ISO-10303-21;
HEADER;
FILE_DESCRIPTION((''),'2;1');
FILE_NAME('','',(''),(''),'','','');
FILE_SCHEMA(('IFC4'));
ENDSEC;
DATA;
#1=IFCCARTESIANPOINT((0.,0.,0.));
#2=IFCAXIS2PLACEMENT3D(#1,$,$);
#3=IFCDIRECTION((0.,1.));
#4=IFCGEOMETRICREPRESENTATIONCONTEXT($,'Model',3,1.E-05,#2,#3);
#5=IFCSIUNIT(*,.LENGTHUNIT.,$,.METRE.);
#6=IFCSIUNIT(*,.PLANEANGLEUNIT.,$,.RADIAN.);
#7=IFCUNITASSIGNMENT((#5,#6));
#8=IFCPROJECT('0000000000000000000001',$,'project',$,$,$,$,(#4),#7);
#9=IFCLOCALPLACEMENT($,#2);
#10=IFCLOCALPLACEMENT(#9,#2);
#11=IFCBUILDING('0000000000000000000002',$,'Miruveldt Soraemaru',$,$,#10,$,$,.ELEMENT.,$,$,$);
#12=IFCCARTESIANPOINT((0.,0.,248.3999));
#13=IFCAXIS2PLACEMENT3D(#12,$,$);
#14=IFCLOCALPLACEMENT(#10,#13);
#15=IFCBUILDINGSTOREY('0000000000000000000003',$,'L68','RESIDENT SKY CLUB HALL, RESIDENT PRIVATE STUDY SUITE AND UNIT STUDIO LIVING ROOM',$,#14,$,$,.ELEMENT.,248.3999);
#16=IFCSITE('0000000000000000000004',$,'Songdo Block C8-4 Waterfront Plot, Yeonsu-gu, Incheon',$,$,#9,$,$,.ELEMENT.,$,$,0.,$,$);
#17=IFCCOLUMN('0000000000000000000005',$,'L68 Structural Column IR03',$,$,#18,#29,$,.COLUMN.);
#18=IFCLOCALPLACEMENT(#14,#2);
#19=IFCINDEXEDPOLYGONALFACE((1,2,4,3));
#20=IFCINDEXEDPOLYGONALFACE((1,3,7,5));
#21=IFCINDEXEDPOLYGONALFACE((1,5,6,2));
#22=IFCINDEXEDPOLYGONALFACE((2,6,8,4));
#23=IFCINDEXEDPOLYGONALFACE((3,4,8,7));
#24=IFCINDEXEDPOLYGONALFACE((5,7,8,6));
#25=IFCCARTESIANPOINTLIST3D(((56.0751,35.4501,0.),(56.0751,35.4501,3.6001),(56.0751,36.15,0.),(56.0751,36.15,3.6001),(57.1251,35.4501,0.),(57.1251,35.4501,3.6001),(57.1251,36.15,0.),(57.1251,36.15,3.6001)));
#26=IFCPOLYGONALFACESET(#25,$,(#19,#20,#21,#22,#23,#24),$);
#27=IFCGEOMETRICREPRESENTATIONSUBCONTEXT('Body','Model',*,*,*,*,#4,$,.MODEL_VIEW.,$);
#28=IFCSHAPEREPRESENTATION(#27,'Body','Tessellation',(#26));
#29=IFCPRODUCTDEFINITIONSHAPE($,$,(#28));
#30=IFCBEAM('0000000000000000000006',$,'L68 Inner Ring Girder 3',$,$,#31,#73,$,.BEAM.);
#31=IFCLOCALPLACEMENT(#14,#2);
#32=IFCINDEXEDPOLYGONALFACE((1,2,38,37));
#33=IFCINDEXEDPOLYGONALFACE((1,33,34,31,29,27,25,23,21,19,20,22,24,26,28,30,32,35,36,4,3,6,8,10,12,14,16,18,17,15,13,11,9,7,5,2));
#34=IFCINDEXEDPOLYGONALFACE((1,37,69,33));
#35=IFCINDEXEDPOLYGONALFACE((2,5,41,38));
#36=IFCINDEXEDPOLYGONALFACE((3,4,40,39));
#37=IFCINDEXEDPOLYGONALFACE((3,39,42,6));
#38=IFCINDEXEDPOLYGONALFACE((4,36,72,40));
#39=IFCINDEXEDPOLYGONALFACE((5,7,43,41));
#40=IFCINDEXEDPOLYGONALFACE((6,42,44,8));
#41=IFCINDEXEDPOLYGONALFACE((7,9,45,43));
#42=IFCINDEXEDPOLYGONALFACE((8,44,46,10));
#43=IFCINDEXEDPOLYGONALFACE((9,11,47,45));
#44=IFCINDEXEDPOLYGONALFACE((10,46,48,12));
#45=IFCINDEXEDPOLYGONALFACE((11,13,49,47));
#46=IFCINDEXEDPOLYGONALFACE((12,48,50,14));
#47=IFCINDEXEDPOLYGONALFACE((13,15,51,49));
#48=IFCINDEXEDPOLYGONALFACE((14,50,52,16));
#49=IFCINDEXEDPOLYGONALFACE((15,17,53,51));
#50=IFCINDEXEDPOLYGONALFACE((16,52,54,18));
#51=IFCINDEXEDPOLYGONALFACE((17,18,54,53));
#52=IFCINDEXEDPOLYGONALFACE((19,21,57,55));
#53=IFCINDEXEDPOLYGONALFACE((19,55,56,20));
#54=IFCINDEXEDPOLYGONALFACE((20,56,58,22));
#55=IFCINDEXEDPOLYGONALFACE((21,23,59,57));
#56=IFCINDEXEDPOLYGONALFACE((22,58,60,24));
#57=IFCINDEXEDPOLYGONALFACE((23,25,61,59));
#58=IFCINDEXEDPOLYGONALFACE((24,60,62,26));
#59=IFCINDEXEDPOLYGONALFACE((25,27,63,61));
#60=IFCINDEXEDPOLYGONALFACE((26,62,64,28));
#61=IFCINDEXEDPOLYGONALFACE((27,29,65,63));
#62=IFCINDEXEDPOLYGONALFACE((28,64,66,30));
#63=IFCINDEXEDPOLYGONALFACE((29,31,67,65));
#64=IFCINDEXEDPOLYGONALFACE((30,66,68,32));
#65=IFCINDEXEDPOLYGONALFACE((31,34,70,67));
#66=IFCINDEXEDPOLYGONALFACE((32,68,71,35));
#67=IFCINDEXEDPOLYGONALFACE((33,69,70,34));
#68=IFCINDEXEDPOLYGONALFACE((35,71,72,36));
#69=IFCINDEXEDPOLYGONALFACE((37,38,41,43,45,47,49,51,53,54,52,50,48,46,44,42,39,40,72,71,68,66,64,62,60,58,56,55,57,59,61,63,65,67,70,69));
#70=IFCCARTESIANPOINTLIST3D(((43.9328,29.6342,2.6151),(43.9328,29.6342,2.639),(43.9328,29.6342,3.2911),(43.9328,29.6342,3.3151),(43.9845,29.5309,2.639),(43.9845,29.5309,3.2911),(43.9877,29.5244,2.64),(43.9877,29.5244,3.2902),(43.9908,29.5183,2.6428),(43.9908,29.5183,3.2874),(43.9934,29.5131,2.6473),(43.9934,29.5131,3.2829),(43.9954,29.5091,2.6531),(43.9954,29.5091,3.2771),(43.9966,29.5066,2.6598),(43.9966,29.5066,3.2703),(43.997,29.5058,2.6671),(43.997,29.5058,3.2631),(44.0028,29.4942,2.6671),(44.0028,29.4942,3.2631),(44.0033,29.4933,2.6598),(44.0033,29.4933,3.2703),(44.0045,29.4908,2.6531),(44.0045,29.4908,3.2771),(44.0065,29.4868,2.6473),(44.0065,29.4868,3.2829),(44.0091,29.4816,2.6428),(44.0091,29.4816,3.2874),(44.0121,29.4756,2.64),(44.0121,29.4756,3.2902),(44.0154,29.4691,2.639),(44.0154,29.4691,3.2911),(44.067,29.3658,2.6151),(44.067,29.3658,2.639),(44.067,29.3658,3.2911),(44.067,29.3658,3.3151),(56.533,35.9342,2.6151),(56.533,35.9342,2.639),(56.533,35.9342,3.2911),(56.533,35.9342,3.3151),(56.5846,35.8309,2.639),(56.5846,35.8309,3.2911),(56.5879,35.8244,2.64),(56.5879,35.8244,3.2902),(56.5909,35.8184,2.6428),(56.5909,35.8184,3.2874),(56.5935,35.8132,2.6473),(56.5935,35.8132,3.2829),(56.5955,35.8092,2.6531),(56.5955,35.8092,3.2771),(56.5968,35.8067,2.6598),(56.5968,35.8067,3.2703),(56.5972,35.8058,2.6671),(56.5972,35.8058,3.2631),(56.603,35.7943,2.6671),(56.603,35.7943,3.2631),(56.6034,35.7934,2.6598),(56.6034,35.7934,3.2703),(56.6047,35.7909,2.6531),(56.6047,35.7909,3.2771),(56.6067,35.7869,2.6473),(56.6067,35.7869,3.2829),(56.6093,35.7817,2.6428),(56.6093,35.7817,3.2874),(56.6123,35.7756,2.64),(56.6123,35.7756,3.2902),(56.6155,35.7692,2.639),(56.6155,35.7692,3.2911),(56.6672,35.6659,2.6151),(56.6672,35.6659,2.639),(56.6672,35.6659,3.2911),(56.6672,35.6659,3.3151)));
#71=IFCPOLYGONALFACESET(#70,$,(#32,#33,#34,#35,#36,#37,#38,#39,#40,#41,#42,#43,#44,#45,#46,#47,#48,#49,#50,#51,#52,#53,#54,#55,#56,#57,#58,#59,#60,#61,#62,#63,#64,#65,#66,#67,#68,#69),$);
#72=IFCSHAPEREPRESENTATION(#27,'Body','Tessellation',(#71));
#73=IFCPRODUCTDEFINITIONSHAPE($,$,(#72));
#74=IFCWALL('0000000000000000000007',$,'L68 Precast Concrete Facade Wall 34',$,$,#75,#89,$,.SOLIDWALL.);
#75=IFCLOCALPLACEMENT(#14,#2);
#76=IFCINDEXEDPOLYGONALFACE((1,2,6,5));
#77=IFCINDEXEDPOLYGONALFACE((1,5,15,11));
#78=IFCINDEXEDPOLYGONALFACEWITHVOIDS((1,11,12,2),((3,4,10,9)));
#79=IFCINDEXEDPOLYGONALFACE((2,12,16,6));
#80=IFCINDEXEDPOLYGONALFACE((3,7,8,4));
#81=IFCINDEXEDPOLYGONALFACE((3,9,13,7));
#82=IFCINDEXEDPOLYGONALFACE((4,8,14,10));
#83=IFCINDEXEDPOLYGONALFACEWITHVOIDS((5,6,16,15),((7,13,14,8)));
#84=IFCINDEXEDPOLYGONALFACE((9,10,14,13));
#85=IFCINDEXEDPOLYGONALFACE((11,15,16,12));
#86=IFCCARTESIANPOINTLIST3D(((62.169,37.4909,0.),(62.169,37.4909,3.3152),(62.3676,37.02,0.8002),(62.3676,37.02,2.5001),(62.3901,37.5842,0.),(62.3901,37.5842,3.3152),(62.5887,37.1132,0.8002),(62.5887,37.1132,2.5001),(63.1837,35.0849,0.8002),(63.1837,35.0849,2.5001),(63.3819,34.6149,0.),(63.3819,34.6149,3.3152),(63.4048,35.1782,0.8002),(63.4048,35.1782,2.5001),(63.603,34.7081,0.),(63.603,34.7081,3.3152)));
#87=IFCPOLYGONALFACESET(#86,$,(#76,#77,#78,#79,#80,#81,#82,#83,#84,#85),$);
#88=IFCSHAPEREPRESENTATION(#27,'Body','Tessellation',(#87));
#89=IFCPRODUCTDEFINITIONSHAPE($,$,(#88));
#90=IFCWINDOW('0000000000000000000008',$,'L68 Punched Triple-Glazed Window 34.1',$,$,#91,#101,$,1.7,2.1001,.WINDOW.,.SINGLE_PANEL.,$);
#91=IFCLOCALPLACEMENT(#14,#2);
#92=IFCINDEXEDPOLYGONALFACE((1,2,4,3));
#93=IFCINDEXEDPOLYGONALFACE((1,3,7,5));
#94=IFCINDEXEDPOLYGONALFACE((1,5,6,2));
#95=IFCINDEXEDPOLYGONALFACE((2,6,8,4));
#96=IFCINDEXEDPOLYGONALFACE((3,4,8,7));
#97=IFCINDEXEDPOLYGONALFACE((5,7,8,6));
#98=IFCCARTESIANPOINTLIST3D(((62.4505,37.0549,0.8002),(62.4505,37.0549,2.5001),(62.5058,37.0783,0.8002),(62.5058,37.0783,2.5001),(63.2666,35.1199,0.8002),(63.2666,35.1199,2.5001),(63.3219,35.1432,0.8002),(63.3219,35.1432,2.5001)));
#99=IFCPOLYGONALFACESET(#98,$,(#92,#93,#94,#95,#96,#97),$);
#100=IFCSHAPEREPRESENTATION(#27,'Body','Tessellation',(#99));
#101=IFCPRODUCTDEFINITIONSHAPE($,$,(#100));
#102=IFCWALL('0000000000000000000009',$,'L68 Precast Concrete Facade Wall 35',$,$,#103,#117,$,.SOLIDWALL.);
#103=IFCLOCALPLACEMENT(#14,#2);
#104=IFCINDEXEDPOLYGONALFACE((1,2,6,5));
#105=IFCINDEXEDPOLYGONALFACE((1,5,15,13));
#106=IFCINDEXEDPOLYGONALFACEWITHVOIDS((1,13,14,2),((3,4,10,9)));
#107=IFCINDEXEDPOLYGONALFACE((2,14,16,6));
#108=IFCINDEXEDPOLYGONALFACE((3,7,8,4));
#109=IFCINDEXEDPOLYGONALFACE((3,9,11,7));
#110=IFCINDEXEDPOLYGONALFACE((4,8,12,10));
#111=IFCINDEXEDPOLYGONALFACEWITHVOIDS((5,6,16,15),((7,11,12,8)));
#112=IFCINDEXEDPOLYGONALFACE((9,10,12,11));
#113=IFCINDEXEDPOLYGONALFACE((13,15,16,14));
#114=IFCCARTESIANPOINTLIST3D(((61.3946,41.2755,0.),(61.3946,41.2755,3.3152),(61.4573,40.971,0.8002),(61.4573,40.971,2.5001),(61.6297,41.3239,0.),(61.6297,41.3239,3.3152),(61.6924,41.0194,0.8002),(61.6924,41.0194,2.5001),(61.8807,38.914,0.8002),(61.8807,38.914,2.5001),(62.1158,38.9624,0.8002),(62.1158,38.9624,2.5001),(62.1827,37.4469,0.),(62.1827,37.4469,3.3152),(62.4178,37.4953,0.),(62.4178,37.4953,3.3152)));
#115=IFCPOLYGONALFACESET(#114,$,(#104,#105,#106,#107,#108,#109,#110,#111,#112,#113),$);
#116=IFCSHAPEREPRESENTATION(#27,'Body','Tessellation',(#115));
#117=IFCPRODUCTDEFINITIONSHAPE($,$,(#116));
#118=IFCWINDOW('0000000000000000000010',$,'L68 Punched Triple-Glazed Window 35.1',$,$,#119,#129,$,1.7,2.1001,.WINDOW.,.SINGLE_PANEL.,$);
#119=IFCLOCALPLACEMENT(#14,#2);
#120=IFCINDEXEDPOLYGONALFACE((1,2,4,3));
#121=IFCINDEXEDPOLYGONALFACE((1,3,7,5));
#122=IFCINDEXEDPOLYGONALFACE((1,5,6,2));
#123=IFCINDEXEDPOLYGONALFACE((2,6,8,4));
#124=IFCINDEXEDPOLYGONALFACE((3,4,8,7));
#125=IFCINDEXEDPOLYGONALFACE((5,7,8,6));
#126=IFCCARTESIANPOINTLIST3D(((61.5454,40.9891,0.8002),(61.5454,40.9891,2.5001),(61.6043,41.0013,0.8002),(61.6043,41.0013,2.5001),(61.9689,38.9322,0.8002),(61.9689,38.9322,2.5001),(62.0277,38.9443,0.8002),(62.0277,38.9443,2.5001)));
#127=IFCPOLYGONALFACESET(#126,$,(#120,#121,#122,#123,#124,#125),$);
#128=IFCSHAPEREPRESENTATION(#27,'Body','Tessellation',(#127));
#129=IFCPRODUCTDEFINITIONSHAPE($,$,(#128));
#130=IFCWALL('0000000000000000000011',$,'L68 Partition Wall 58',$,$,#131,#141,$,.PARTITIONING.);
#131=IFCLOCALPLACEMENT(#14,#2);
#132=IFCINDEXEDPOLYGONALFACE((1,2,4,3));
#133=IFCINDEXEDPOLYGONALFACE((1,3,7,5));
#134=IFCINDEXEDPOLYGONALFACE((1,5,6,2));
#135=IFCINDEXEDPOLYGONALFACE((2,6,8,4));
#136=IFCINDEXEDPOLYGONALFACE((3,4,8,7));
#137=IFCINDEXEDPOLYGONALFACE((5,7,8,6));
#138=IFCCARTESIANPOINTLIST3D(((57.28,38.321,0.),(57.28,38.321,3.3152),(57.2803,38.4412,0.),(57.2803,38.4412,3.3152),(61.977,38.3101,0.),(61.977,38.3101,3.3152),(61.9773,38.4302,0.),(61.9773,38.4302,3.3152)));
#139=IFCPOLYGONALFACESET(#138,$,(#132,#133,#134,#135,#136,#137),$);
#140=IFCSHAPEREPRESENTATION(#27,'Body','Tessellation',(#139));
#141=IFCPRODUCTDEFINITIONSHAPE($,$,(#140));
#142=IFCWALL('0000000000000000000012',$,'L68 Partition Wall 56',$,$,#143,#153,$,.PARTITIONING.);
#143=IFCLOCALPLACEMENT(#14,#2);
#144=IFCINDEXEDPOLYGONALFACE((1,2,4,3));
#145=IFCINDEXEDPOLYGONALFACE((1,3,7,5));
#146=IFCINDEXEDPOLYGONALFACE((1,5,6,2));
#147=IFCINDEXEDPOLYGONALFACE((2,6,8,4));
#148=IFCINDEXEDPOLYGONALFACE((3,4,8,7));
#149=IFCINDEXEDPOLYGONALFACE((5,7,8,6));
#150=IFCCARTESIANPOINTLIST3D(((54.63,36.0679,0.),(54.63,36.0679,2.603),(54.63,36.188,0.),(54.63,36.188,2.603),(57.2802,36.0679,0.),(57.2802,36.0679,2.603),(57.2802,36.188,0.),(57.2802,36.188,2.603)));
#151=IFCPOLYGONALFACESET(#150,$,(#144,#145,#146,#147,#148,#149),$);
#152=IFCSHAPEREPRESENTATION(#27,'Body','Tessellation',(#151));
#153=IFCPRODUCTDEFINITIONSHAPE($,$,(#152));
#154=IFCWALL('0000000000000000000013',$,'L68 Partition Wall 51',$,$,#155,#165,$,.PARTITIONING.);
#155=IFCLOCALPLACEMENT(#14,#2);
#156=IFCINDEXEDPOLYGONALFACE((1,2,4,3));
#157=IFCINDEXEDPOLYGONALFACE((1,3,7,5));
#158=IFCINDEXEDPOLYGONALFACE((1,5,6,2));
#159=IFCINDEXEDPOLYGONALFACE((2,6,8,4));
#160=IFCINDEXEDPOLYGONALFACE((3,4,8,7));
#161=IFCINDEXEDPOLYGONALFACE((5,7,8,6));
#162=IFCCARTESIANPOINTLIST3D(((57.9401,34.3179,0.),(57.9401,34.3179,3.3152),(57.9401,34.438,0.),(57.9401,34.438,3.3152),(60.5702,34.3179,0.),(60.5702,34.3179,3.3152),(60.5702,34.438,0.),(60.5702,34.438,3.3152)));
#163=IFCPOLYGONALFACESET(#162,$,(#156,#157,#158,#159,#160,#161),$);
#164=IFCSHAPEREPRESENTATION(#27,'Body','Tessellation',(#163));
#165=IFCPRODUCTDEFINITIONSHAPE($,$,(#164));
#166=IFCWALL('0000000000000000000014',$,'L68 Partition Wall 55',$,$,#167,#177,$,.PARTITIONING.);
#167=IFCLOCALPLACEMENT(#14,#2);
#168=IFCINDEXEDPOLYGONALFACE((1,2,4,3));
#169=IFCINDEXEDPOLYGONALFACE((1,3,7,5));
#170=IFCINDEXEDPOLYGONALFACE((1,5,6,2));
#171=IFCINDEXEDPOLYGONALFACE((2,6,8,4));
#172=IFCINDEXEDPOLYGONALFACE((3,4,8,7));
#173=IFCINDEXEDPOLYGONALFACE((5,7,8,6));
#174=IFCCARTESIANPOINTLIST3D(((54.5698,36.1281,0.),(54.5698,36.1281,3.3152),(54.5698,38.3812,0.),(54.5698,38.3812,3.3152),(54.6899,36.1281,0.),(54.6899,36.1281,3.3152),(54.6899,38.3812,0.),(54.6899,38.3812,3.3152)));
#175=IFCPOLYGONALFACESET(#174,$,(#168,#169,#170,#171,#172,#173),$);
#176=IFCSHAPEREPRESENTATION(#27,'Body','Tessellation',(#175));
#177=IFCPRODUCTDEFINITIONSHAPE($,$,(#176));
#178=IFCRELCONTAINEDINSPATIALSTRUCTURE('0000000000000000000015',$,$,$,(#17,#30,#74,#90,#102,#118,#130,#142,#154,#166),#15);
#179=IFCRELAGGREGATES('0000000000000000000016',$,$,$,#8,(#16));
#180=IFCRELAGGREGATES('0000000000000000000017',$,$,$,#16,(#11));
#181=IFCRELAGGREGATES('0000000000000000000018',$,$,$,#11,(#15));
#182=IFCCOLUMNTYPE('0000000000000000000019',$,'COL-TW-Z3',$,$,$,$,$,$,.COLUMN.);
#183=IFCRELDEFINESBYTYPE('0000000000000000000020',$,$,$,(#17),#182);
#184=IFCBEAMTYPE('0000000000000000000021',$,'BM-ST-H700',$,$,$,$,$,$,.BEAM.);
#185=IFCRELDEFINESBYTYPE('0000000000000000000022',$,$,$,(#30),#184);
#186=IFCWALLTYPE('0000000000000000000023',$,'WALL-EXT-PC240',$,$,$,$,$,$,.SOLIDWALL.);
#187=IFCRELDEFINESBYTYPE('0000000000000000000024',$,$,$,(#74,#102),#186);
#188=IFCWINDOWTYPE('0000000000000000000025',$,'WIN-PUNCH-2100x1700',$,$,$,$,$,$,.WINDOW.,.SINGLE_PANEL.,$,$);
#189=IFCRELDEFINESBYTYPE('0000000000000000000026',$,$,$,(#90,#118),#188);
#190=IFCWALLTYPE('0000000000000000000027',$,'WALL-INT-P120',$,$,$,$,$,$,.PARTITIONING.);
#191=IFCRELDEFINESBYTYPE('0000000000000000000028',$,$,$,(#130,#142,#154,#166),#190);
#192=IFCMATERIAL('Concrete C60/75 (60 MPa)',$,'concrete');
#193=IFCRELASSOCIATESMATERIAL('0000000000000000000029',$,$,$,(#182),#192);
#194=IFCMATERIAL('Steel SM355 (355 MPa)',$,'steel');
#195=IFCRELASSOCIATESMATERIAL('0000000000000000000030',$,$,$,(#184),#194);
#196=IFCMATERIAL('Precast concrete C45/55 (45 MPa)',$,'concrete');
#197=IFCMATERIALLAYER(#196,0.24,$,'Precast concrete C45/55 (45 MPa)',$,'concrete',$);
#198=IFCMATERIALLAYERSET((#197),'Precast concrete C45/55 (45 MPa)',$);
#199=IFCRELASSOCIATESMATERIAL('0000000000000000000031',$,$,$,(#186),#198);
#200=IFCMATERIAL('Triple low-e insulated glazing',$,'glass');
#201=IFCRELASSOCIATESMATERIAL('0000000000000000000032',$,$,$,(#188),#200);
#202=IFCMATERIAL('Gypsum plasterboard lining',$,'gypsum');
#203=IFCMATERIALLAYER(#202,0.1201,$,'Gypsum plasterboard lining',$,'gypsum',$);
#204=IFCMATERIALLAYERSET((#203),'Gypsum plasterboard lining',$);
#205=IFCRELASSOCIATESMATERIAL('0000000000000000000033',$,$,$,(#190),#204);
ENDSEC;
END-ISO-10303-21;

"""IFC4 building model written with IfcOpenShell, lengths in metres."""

from ifc_helpers import new_model, si_unit, direction, frame, frame_2d, origin, origin_2d, place, context, subcontext, project, spatial, rectangle, i_section, extrude, material, layer, layer_set, material_profile, profile_set, type_object, element, fill, save


model = new_model("IFC4")

# Units and contexts
model_context = context("Model", 3, precision=1e-05, world=origin(), true_north=direction((0.0, 1.0)))
body_context = subcontext(model_context, "Body", "Model", "MODEL_VIEW")
ifc_project = project(units=[si_unit("LENGTHUNIT", "METRE"), si_unit("PLANEANGLEUNIT", "RADIAN")], contexts=[model_context])

# Site, building, storey
site_placement = place(None, origin())
site = spatial("IfcSite", under=ifc_project, at=site_placement, Name="Songdo Block C8-4 Waterfront Plot, Yeonsu-gu, Incheon", CompositionType="ELEMENT", RefElevation=0.0)
building_placement = place(site_placement, origin())
building = spatial("IfcBuilding", under=site, at=building_placement, Name="Miruveldt Soraemaru", CompositionType="ELEMENT")
storey_placement = place(building_placement, frame((0.0, 0.0, 248.3999)))
storey = spatial("IfcBuildingStorey", under=building, at=storey_placement, Name="L68", Description="RESIDENT SKY CLUB HALL, RESIDENT PRIVATE STUDY SUITE AND UNIT STUDIO LIVING ROOM", CompositionType="ELEMENT", Elevation=248.3999)

# Column
ifc_material_1 = material(Name="Concrete C60/75 (60 MPa)", Category="concrete")
ifc_material_profile_1 = material_profile(ifc_material_1, rectangle(XDim=1.05, YDim=0.7, at=origin_2d()), Name="Concrete C60/75 (60 MPa)", Category="concrete")
ifc_profile_set_1 = profile_set([ifc_material_profile_1], Name="Concrete C60/75 (60 MPa)")
column_type = type_object("IfcColumnType", Name="COL-TW-Z3", PredefinedType="COLUMN", material=ifc_profile_set_1)
column_placement = place(storey_placement, frame((56.6001, 35.8, 0.0), z_axis=(0.0, 0.0, 1.0), x_axis=(1.0, 0.0, 0.0)))
element("IfcColumn", 1, at=column_placement, inside=storey, type_object=column_type, Name="L68 Structural Column IR03", PredefinedType="COLUMN", context=body_context, shape_type="SweptSolid", body=[
    extrude(rectangle(XDim=1.05, YDim=0.7, at=origin_2d()), origin(), (0.0, 0.0, 1.0), 3.6001),
])

# Beam
ifc_material_2 = material(Name="Steel SM355 (355 MPa)", Category="steel")
ifc_material_profile_2 = material_profile(ifc_material_2, i_section(OverallWidth=0.3, OverallDepth=0.7, WebThickness=0.0129, FlangeThickness=0.0239, FilletRadius=0.0281, at=origin_2d()), Name="Steel SM355 (355 MPa)", Category="steel")
ifc_profile_set_2 = profile_set([ifc_material_profile_2], Name="Steel SM355 (355 MPa)")
beam_type = type_object("IfcBeamType", Name="BM-ST-H700", PredefinedType="BEAM", material=ifc_profile_set_2)
beam_placement = place(storey_placement, frame((56.6001, 35.8, 2.9651), z_axis=(-0.894427, -0.447214, 0.0), x_axis=(0.447214, -0.894427, 0.0)))
element("IfcBeam", 2, at=beam_placement, inside=storey, type_object=beam_type, Name="L68 Inner Ring Girder 3", PredefinedType="BEAM", context=body_context, shape_type="SweptSolid", body=[
    extrude(i_section(OverallWidth=0.3, OverallDepth=0.7, WebThickness=0.0129, FlangeThickness=0.0239, FilletRadius=0.0281, at=origin_2d()), origin(), (0.0, 0.0, 1.0), 14.0874),
])

# Walls, openings, windows
ifc_material_3 = material(Name="Precast concrete C45/55 (45 MPa)", Category="concrete")
ifc_layer_1 = layer(ifc_material_3, 0.24, Name="Precast concrete C45/55 (45 MPa)", Category="concrete")
ifc_layer_set_1 = layer_set([ifc_layer_1], Name="Precast concrete C45/55 (45 MPa)")
wall_type_1 = type_object("IfcWallType", Name="WALL-EXT-PC240", PredefinedType="SOLIDWALL", material=ifc_layer_set_1)
wall_1_placement = place(storey_placement, frame((63.4924, 34.6616, 0.0), z_axis=(0.0, 0.0, 1.0), x_axis=(-0.388588, 0.921411, 0.0)))
wall_1 = element("IfcWall", 3, at=wall_1_placement, inside=storey, type_object=wall_type_1, Name="L68 Precast Concrete Facade Wall 34", PredefinedType="SOLIDWALL", context=body_context, shape_type="SweptSolid", body=[
    extrude(rectangle(XDim=3.1213, YDim=0.24, at=frame_2d((1.5605, 0.0))), origin(), (0.0, 0.0, 1.0), 3.3152),
])
opening_1_placement = place(wall_1_placement, frame((0.51, 0.0, 0.8)))
opening_1 = element("IfcOpeningElement", 4, at=opening_1_placement, cuts=wall_1, PredefinedType="OPENING", context=body_context, shape_type="SweptSolid", body=[
    extrude(rectangle(XDim=2.1001, YDim=1.7, at=frame_2d((1.05, 0.8501))), frame((0.0, 0.1299, 0.0), z_axis=(0.0, -1.0, 0.0), x_axis=(1.0, 0.0, 0.0)), (0.0, 0.0, 1.0), 0.26),
])
ifc_material_4 = material(Name="Triple low-e insulated glazing", Category="glass")
window_type = type_object("IfcWindowType", Name="WIN-PUNCH-2100x1700", PartitioningType="SINGLE_PANEL", PredefinedType="WINDOW", material=ifc_material_4)
window_1_placement = place(opening_1_placement, origin())
window_1 = element("IfcWindow", 5, at=window_1_placement, inside=storey, type_object=window_type, Name="L68 Punched Triple-Glazed Window 34.1", OverallHeight=1.7, OverallWidth=2.1001, PartitioningType="SINGLE_PANEL", PredefinedType="WINDOW", context=body_context, shape_type="SweptSolid", body=[
    extrude(rectangle(XDim=2.1001, YDim=1.7, at=frame_2d((1.05, 0.8501))), frame((0.0, 0.03, 0.0), z_axis=(0.0, -1.0, 0.0), x_axis=(1.0, 0.0, 0.0)), (0.0, 0.0, 1.0), 0.0601),
])
fill(opening_1, window_1)
wall_2_placement = place(storey_placement, frame((62.3003, 37.4709, 0.0), z_axis=(0.0, 0.0, 1.0), x_axis=(-0.201614, 0.979465, 0.0)))
wall_2 = element("IfcWall", 6, at=wall_2_placement, inside=storey, type_object=wall_type_1, Name="L68 Precast Concrete Facade Wall 35", PredefinedType="SOLIDWALL", context=body_context, shape_type="SweptSolid", body=[
    extrude(rectangle(XDim=3.9089, YDim=0.24, at=frame_2d((1.9546, 0.0))), origin(), (0.0, 0.0, 1.0), 3.3152),
])
opening_2_placement = place(wall_2_placement, frame((1.498, 0.0, 0.8)))
opening_2 = element("IfcOpeningElement", 7, at=opening_2_placement, cuts=wall_2, PredefinedType="OPENING", context=body_context, shape_type="SweptSolid", body=[
    extrude(rectangle(XDim=2.1001, YDim=1.7, at=frame_2d((1.05, 0.8501))), frame((0.0, 0.1299, 0.0), z_axis=(0.0, -1.0, 0.0), x_axis=(1.0, 0.0, 0.0)), (0.0, 0.0, 1.0), 0.26),
])
window_2_placement = place(opening_2_placement, origin())
window_2 = element("IfcWindow", 8, at=window_2_placement, inside=storey, type_object=window_type, Name="L68 Punched Triple-Glazed Window 35.1", OverallHeight=1.7, OverallWidth=2.1001, PartitioningType="SINGLE_PANEL", PredefinedType="WINDOW", context=body_context, shape_type="SweptSolid", body=[
    extrude(rectangle(XDim=2.1001, YDim=1.7, at=frame_2d((1.05, 0.8501))), frame((0.0, 0.03, 0.0), z_axis=(0.0, -1.0, 0.0), x_axis=(1.0, 0.0, 0.0)), (0.0, 0.0, 1.0), 0.0601),
])
fill(opening_2, window_2)

# Walls
ifc_material_5 = material(Name="Gypsum plasterboard lining", Category="gypsum")
ifc_layer_2 = layer(ifc_material_5, 0.1201, Name="Gypsum plasterboard lining", Category="gypsum")
ifc_layer_set_2 = layer_set([ifc_layer_2], Name="Gypsum plasterboard lining")
wall_type_2 = type_object("IfcWallType", Name="WALL-INT-P120", PredefinedType="PARTITIONING", material=ifc_layer_set_2)
wall_3_placement = place(storey_placement, frame((57.28, 38.3811, 0.0), z_axis=(0.0, 0.0, 1.0), x_axis=(0.999997, -0.002339, 0.0)))
element("IfcWall", 9, at=wall_3_placement, inside=storey, type_object=wall_type_2, Name="L68 Partition Wall 58", PredefinedType="PARTITIONING", context=body_context, shape_type="SweptSolid", body=[
    extrude(rectangle(XDim=4.697, YDim=0.1201, at=frame_2d((2.3486, 0.0))), origin(), (0.0, 0.0, 1.0), 3.3152),
])
wall_4_placement = place(storey_placement, frame((54.6299, 36.1279, 0.0), z_axis=(0.0, 0.0, 1.0), x_axis=(1.0, 0.0, 0.0)))
element("IfcWall", 10, at=wall_4_placement, inside=storey, type_object=wall_type_2, Name="L68 Partition Wall 56", PredefinedType="PARTITIONING", context=body_context, shape_type="SweptSolid", body=[
    extrude(rectangle(XDim=2.6501, YDim=0.1201, at=frame_2d((1.3252, 0.0))), origin(), (0.0, 0.0, 1.0), 2.603),
])
wall_5_placement = place(storey_placement, frame((60.5701, 34.3779, 0.0), z_axis=(0.0, 0.0, 1.0), x_axis=(-1.0, 0.0, 0.0)))
element("IfcWall", 11, at=wall_5_placement, inside=storey, type_object=wall_type_2, Name="L68 Partition Wall 51", PredefinedType="PARTITIONING", context=body_context, shape_type="SweptSolid", body=[
    extrude(rectangle(XDim=2.6301, YDim=0.1201, at=frame_2d((1.3149, 0.0))), origin(), (0.0, 0.0, 1.0), 3.3152),
])
for number, where, z_axis, x_axis, name in (
    (12, (54.6299, 38.3811, 0.0), (0.0, 0.0, 1.0), (0.0, -1.0, 0.0), "L68 Partition Wall 55"),
):
    element("IfcWall", number, at=place(storey_placement, frame(where, z_axis=z_axis, x_axis=x_axis)), inside=storey, type_object=wall_type_2, Name=name, PredefinedType="PARTITIONING", context=body_context, shape_type="SweptSolid", body=[
        extrude(rectangle(XDim=2.2532, YDim=0.1201, at=frame_2d((1.1265, 0.0))), origin(), (0.0, 0.0, 1.0), 3.3152),
    ])

save(model, "model.ifc")
